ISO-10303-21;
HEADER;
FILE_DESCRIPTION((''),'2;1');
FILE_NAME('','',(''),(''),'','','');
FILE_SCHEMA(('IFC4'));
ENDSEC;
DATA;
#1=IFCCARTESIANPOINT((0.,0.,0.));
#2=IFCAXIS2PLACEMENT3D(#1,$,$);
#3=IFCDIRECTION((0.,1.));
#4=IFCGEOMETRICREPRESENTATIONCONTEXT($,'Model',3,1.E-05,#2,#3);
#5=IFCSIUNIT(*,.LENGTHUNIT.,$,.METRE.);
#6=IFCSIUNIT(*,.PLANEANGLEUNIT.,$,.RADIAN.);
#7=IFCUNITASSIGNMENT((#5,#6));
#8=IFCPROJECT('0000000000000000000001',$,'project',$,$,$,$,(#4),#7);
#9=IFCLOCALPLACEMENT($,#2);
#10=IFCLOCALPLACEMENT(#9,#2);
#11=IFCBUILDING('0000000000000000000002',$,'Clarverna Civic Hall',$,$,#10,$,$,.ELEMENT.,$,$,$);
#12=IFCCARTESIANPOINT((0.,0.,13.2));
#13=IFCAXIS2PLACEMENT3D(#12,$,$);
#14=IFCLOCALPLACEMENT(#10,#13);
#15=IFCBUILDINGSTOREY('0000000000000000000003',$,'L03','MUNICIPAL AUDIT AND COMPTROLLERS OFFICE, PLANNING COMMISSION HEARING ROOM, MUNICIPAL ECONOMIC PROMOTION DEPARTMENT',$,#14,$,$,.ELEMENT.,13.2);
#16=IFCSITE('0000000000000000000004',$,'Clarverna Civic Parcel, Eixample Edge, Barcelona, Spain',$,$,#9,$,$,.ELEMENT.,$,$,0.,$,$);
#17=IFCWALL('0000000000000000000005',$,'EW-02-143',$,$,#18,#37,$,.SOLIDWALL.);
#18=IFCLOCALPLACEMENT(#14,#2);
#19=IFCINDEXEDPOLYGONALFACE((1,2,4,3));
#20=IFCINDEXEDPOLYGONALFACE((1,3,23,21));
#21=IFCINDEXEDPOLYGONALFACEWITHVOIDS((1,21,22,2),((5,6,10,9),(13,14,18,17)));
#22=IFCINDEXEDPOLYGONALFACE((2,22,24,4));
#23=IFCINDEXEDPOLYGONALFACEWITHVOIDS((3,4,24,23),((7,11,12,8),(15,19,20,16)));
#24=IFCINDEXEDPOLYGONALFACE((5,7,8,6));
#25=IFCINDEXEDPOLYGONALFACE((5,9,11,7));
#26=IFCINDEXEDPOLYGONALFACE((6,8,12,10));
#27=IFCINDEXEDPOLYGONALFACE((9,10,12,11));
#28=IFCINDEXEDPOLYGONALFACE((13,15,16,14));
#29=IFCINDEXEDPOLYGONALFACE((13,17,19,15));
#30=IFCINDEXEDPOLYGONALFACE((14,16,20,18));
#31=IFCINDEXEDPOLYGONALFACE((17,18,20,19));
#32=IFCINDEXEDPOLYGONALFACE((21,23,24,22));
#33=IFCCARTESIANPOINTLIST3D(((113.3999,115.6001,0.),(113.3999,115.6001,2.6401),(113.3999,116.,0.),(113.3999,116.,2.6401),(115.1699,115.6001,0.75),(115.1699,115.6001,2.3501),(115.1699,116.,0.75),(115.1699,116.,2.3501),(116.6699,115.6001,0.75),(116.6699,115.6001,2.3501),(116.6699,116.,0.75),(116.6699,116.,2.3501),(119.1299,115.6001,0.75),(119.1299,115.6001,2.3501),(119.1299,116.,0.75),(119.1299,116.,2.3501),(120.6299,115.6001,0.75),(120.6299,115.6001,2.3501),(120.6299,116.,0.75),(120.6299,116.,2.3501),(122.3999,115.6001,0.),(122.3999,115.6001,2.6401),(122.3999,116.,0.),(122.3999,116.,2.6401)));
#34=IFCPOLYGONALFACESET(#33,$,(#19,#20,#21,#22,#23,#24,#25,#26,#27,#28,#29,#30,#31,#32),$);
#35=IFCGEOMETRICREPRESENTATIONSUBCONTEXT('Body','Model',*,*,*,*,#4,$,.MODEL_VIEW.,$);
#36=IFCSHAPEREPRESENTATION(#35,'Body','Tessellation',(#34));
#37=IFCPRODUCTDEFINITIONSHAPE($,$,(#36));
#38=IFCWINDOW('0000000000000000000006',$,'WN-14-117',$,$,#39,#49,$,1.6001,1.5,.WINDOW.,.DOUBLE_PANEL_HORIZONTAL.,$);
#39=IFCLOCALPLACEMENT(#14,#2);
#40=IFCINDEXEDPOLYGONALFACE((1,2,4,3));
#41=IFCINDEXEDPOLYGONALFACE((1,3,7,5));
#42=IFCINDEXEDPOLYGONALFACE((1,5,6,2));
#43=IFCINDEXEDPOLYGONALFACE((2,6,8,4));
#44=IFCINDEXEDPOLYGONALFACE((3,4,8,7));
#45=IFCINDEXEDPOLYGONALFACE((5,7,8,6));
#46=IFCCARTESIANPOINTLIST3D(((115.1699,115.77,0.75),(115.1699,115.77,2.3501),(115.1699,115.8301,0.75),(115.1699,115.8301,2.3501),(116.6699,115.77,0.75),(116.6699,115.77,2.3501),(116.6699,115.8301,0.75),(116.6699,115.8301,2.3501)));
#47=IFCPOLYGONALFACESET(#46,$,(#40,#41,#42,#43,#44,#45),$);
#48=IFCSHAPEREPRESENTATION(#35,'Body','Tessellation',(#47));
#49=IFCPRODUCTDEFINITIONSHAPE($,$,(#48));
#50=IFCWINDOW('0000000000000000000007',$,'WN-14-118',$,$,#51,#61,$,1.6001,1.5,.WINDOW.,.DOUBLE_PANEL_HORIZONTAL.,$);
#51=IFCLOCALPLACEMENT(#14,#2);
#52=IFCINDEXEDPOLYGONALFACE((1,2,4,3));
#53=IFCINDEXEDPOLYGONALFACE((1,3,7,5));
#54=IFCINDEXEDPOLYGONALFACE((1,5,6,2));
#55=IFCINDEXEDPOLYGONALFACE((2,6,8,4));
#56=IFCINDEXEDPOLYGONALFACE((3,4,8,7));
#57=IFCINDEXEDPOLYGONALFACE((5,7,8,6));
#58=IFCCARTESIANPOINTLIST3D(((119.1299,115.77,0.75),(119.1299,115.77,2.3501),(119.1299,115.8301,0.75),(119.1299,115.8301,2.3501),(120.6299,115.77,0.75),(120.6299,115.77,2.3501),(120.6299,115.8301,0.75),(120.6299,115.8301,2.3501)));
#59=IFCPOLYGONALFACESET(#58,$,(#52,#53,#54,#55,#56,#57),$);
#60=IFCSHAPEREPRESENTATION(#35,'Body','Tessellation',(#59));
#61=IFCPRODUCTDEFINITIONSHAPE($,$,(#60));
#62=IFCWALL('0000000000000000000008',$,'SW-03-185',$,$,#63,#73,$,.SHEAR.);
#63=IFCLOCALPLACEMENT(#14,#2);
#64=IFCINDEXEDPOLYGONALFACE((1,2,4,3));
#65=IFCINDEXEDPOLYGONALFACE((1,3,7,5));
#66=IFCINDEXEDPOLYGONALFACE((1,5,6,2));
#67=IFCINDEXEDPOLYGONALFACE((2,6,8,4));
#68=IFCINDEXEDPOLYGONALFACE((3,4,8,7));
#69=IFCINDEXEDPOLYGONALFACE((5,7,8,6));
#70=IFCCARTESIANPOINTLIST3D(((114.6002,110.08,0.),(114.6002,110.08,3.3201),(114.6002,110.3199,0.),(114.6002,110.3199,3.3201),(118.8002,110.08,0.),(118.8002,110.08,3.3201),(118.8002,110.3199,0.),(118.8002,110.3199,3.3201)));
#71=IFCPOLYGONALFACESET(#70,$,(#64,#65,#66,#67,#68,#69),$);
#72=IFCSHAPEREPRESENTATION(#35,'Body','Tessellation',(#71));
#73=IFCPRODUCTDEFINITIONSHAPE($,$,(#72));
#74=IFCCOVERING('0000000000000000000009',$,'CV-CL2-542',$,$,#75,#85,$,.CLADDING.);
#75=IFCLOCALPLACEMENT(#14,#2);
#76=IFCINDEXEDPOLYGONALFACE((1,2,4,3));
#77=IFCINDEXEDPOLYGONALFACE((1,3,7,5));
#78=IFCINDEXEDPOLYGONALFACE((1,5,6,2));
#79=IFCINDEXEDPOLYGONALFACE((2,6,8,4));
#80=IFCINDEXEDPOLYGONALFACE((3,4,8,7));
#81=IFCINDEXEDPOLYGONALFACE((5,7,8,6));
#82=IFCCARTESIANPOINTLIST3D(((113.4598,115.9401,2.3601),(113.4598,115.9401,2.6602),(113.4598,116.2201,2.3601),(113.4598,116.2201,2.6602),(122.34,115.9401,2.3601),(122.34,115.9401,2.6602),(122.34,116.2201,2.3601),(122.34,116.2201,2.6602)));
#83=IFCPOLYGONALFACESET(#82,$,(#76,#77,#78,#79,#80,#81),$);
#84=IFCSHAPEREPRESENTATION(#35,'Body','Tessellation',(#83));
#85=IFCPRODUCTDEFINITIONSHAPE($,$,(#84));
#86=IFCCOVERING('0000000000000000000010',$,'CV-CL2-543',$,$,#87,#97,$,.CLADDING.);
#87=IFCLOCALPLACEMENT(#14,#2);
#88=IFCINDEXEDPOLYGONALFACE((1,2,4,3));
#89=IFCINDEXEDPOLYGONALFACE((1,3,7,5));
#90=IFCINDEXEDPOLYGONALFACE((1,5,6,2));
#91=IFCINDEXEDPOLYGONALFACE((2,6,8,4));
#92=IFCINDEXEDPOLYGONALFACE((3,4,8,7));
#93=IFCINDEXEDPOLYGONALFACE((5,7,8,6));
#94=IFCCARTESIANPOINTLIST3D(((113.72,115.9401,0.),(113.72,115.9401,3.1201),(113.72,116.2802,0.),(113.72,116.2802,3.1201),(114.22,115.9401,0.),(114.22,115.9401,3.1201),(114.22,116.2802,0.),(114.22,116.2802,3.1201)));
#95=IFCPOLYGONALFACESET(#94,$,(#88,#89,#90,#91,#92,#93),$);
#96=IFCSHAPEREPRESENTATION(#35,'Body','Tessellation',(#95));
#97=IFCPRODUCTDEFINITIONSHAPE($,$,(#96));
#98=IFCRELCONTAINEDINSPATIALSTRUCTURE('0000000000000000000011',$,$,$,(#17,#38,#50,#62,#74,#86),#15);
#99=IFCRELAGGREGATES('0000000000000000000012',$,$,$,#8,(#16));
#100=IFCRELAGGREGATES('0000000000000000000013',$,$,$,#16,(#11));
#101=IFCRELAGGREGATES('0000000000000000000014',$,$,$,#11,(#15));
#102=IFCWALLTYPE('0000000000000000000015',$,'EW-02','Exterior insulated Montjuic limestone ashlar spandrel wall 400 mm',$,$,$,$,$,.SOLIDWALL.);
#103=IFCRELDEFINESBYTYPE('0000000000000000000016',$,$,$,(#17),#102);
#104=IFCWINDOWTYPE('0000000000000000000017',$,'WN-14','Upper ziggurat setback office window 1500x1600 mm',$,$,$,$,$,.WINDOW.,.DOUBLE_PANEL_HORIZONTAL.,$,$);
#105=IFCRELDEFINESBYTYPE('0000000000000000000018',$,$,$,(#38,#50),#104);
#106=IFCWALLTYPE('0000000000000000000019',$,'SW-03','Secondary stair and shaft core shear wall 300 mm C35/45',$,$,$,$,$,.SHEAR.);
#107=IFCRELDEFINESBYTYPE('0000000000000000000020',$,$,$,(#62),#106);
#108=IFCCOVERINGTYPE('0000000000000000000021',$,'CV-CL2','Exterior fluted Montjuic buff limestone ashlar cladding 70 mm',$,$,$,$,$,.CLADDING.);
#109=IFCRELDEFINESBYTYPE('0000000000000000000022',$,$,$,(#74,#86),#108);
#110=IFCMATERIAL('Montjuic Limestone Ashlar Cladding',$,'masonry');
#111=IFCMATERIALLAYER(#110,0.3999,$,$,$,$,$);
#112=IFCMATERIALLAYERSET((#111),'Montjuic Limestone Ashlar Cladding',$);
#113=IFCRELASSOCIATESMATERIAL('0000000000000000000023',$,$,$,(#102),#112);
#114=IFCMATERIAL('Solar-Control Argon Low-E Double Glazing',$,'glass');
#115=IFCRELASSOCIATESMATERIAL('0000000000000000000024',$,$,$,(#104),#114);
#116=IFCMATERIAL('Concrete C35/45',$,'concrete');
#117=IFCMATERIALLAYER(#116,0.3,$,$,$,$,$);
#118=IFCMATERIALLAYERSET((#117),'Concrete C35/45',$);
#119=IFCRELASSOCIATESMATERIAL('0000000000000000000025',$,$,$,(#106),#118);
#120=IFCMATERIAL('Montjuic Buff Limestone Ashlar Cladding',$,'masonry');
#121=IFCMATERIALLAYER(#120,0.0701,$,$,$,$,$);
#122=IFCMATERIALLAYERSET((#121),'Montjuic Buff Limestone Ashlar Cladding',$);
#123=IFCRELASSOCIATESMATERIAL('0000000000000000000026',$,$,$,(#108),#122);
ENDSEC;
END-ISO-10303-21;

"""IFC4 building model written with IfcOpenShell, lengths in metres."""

from ifc_helpers import new_model, si_unit, direction, frame, frame_2d, origin, place, context, subcontext, project, spatial, rectangle, extrude, material, layer, layer_set, type_object, element, fill, save


model = new_model("IFC4")

# Units and contexts
model_context = context("Model", 3, precision=1e-05, world=origin(), true_north=direction((0.0, 1.0)))
body_context = subcontext(model_context, "Body", "Model", "MODEL_VIEW")
ifc_project = project(units=[si_unit("LENGTHUNIT", "METRE"), si_unit("PLANEANGLEUNIT", "RADIAN")], contexts=[model_context])

# Site, building, storey
site_placement = place(None, origin())
site = spatial("IfcSite", under=ifc_project, at=site_placement, Name="Clarverna Civic Parcel, Eixample Edge, Barcelona, Spain", CompositionType="ELEMENT", RefElevation=0.0)
building_placement = place(site_placement, origin())
building = spatial("IfcBuilding", under=site, at=building_placement, Name="Clarverna Civic Hall", CompositionType="ELEMENT")
storey_placement = place(building_placement, frame((0.0, 0.0, 13.2)))
storey = spatial("IfcBuildingStorey", under=building, at=storey_placement, Name="L03", Description="MUNICIPAL AUDIT AND COMPTROLLERS OFFICE, PLANNING COMMISSION HEARING ROOM, MUNICIPAL ECONOMIC PROMOTION DEPARTMENT", CompositionType="ELEMENT", Elevation=13.2)

# Shared definitions
ifc_material_1 = material(Name="Concrete C35/45", Category="concrete")

# Shared definitions
ifc_material_2 = material(Name="Solar-Control Argon Low-E Double Glazing", Category="glass")

# Wall, openings, windows
ifc_material_3 = material(Name="Montjuic Limestone Ashlar Cladding", Category="masonry")
ifc_layer_1 = layer(ifc_material_3, 0.3999)
ifc_layer_set_1 = layer_set([ifc_layer_1], Name="Montjuic Limestone Ashlar Cladding")
wall_type_1 = type_object("IfcWallType", Name="EW-02", Description="Exterior insulated Montjuic limestone ashlar spandrel wall 400 mm", PredefinedType="SOLIDWALL", material=ifc_layer_set_1)
wall_1_placement = place(storey_placement, frame((113.3999, 115.8, 0.0), z_axis=(0.0, 0.0, 1.0), x_axis=(1.0, 0.0, 0.0)))
wall_1 = element("IfcWall", 1, at=wall_1_placement, inside=storey, type_object=wall_type_1, Name="EW-02-143", PredefinedType="SOLIDWALL", context=body_context, shape_type="SweptSolid", body=[
    extrude(rectangle(XDim=9.0, YDim=0.3999, at=frame_2d((4.5, 0.0))), origin(), (0.0, 0.0, 1.0), 2.6401),
])
opening_1_placement = place(wall_1_placement, frame((1.77, 0.0, 0.75)))
opening_1 = element("IfcOpeningElement", 2, at=opening_1_placement, cuts=wall_1, PredefinedType="OPENING", context=body_context, shape_type="SweptSolid", body=[
    extrude(rectangle(XDim=1.5, YDim=1.6001, at=frame_2d((0.75, 0.8))), frame((0.0, 0.21, 0.0), z_axis=(0.0, -1.0, 0.0), x_axis=(1.0, 0.0, 0.0)), (0.0, 0.0, 1.0), 0.4199),
])
opening_2_placement = place(wall_1_placement, frame((5.73, 0.0, 0.75)))
opening_2 = element("IfcOpeningElement", 3, at=opening_2_placement, cuts=wall_1, PredefinedType="OPENING", context=body_context, shape_type="SweptSolid", body=[
    extrude(rectangle(XDim=1.5, YDim=1.6001, at=frame_2d((0.75, 0.8))), frame((0.0, 0.21, 0.0), z_axis=(0.0, -1.0, 0.0), x_axis=(1.0, 0.0, 0.0)), (0.0, 0.0, 1.0), 0.4199),
])
window_type = type_object("IfcWindowType", Name="WN-14", Description="Upper ziggurat setback office window 1500x1600 mm", PartitioningType="DOUBLE_PANEL_HORIZONTAL", PredefinedType="WINDOW", material=ifc_material_2)
window_1_placement = place(opening_1_placement, origin())
window_1 = element("IfcWindow", 4, at=window_1_placement, inside=storey, type_object=window_type, Name="WN-14-117", OverallHeight=1.6001, OverallWidth=1.5, PartitioningType="DOUBLE_PANEL_HORIZONTAL", PredefinedType="WINDOW", context=body_context, shape_type="SweptSolid", body=[
    extrude(rectangle(XDim=1.5, YDim=1.6001, at=frame_2d((0.75, 0.8))), frame((0.0, 0.03, 0.0), z_axis=(0.0, -1.0, 0.0), x_axis=(1.0, 0.0, 0.0)), (0.0, 0.0, 1.0), 0.0601),
])
fill(opening_1, window_1)
window_2_placement = place(opening_2_placement, origin())
window_2 = element("IfcWindow", 5, at=window_2_placement, inside=storey, type_object=window_type, Name="WN-14-118", OverallHeight=1.6001, OverallWidth=1.5, PartitioningType="DOUBLE_PANEL_HORIZONTAL", PredefinedType="WINDOW", context=body_context, shape_type="SweptSolid", body=[
    extrude(rectangle(XDim=1.5, YDim=1.6001, at=frame_2d((0.75, 0.8))), frame((0.0, 0.03, 0.0), z_axis=(0.0, -1.0, 0.0), x_axis=(1.0, 0.0, 0.0)), (0.0, 0.0, 1.0), 0.0601),
])
fill(opening_2, window_2)

# Wall
ifc_layer_2 = layer(ifc_material_1, 0.3)
ifc_layer_set_2 = layer_set([ifc_layer_2], Name="Concrete C35/45")
wall_type_2 = type_object("IfcWallType", Name="SW-03", Description="Secondary stair and shaft core shear wall 300 mm C35/45", PredefinedType="SHEAR", material=ifc_layer_set_2)
wall_2_placement = place(storey_placement, frame((114.6001, 110.2, 0.0), z_axis=(0.0, 0.0, 1.0), x_axis=(1.0, 0.0, 0.0)))
element("IfcWall", 6, at=wall_2_placement, inside=storey, type_object=wall_type_2, Name="SW-03-185", PredefinedType="SHEAR", context=body_context, shape_type="SweptSolid", body=[
    extrude(rectangle(XDim=4.2, YDim=0.24, at=frame_2d((2.1001, 0.0))), origin(), (0.0, 0.0, 1.0), 3.3201),
])

# Coverings
ifc_material_4 = material(Name="Montjuic Buff Limestone Ashlar Cladding", Category="masonry")
ifc_layer_3 = layer(ifc_material_4, 0.0701)
ifc_layer_set_3 = layer_set([ifc_layer_3], Name="Montjuic Buff Limestone Ashlar Cladding")
covering_type = type_object("IfcCoveringType", Name="CV-CL2", Description="Exterior fluted Montjuic buff limestone ashlar cladding 70 mm", PredefinedType="CLADDING", material=ifc_layer_set_3)
covering_1_placement = place(storey_placement, frame((113.46, 116.0801, 2.3601), z_axis=(0.0, 0.0, 1.0), x_axis=(1.0, 0.0, 0.0)))
element("IfcCovering", 7, at=covering_1_placement, inside=storey, type_object=covering_type, Name="CV-CL2-542", PredefinedType="CLADDING", context=body_context, shape_type="SweptSolid", body=[
    extrude(rectangle(XDim=8.8801, YDim=0.28, at=frame_2d((4.4399, 0.0))), origin(), (0.0, 0.0, 1.0), 0.3),
])
covering_2_placement = place(storey_placement, frame((113.72, 116.1101, 0.0), z_axis=(0.0, 0.0, 1.0), x_axis=(1.0, 0.0, 0.0)))
element("IfcCovering", 8, at=covering_2_placement, inside=storey, type_object=covering_type, Name="CV-CL2-543", PredefinedType="CLADDING", context=body_context, shape_type="SweptSolid", body=[
    extrude(rectangle(XDim=0.5, YDim=0.3401, at=frame_2d((0.25, 0.0))), origin(), (0.0, 0.0, 1.0), 3.1201),
])

save(model, "model.ifc")
